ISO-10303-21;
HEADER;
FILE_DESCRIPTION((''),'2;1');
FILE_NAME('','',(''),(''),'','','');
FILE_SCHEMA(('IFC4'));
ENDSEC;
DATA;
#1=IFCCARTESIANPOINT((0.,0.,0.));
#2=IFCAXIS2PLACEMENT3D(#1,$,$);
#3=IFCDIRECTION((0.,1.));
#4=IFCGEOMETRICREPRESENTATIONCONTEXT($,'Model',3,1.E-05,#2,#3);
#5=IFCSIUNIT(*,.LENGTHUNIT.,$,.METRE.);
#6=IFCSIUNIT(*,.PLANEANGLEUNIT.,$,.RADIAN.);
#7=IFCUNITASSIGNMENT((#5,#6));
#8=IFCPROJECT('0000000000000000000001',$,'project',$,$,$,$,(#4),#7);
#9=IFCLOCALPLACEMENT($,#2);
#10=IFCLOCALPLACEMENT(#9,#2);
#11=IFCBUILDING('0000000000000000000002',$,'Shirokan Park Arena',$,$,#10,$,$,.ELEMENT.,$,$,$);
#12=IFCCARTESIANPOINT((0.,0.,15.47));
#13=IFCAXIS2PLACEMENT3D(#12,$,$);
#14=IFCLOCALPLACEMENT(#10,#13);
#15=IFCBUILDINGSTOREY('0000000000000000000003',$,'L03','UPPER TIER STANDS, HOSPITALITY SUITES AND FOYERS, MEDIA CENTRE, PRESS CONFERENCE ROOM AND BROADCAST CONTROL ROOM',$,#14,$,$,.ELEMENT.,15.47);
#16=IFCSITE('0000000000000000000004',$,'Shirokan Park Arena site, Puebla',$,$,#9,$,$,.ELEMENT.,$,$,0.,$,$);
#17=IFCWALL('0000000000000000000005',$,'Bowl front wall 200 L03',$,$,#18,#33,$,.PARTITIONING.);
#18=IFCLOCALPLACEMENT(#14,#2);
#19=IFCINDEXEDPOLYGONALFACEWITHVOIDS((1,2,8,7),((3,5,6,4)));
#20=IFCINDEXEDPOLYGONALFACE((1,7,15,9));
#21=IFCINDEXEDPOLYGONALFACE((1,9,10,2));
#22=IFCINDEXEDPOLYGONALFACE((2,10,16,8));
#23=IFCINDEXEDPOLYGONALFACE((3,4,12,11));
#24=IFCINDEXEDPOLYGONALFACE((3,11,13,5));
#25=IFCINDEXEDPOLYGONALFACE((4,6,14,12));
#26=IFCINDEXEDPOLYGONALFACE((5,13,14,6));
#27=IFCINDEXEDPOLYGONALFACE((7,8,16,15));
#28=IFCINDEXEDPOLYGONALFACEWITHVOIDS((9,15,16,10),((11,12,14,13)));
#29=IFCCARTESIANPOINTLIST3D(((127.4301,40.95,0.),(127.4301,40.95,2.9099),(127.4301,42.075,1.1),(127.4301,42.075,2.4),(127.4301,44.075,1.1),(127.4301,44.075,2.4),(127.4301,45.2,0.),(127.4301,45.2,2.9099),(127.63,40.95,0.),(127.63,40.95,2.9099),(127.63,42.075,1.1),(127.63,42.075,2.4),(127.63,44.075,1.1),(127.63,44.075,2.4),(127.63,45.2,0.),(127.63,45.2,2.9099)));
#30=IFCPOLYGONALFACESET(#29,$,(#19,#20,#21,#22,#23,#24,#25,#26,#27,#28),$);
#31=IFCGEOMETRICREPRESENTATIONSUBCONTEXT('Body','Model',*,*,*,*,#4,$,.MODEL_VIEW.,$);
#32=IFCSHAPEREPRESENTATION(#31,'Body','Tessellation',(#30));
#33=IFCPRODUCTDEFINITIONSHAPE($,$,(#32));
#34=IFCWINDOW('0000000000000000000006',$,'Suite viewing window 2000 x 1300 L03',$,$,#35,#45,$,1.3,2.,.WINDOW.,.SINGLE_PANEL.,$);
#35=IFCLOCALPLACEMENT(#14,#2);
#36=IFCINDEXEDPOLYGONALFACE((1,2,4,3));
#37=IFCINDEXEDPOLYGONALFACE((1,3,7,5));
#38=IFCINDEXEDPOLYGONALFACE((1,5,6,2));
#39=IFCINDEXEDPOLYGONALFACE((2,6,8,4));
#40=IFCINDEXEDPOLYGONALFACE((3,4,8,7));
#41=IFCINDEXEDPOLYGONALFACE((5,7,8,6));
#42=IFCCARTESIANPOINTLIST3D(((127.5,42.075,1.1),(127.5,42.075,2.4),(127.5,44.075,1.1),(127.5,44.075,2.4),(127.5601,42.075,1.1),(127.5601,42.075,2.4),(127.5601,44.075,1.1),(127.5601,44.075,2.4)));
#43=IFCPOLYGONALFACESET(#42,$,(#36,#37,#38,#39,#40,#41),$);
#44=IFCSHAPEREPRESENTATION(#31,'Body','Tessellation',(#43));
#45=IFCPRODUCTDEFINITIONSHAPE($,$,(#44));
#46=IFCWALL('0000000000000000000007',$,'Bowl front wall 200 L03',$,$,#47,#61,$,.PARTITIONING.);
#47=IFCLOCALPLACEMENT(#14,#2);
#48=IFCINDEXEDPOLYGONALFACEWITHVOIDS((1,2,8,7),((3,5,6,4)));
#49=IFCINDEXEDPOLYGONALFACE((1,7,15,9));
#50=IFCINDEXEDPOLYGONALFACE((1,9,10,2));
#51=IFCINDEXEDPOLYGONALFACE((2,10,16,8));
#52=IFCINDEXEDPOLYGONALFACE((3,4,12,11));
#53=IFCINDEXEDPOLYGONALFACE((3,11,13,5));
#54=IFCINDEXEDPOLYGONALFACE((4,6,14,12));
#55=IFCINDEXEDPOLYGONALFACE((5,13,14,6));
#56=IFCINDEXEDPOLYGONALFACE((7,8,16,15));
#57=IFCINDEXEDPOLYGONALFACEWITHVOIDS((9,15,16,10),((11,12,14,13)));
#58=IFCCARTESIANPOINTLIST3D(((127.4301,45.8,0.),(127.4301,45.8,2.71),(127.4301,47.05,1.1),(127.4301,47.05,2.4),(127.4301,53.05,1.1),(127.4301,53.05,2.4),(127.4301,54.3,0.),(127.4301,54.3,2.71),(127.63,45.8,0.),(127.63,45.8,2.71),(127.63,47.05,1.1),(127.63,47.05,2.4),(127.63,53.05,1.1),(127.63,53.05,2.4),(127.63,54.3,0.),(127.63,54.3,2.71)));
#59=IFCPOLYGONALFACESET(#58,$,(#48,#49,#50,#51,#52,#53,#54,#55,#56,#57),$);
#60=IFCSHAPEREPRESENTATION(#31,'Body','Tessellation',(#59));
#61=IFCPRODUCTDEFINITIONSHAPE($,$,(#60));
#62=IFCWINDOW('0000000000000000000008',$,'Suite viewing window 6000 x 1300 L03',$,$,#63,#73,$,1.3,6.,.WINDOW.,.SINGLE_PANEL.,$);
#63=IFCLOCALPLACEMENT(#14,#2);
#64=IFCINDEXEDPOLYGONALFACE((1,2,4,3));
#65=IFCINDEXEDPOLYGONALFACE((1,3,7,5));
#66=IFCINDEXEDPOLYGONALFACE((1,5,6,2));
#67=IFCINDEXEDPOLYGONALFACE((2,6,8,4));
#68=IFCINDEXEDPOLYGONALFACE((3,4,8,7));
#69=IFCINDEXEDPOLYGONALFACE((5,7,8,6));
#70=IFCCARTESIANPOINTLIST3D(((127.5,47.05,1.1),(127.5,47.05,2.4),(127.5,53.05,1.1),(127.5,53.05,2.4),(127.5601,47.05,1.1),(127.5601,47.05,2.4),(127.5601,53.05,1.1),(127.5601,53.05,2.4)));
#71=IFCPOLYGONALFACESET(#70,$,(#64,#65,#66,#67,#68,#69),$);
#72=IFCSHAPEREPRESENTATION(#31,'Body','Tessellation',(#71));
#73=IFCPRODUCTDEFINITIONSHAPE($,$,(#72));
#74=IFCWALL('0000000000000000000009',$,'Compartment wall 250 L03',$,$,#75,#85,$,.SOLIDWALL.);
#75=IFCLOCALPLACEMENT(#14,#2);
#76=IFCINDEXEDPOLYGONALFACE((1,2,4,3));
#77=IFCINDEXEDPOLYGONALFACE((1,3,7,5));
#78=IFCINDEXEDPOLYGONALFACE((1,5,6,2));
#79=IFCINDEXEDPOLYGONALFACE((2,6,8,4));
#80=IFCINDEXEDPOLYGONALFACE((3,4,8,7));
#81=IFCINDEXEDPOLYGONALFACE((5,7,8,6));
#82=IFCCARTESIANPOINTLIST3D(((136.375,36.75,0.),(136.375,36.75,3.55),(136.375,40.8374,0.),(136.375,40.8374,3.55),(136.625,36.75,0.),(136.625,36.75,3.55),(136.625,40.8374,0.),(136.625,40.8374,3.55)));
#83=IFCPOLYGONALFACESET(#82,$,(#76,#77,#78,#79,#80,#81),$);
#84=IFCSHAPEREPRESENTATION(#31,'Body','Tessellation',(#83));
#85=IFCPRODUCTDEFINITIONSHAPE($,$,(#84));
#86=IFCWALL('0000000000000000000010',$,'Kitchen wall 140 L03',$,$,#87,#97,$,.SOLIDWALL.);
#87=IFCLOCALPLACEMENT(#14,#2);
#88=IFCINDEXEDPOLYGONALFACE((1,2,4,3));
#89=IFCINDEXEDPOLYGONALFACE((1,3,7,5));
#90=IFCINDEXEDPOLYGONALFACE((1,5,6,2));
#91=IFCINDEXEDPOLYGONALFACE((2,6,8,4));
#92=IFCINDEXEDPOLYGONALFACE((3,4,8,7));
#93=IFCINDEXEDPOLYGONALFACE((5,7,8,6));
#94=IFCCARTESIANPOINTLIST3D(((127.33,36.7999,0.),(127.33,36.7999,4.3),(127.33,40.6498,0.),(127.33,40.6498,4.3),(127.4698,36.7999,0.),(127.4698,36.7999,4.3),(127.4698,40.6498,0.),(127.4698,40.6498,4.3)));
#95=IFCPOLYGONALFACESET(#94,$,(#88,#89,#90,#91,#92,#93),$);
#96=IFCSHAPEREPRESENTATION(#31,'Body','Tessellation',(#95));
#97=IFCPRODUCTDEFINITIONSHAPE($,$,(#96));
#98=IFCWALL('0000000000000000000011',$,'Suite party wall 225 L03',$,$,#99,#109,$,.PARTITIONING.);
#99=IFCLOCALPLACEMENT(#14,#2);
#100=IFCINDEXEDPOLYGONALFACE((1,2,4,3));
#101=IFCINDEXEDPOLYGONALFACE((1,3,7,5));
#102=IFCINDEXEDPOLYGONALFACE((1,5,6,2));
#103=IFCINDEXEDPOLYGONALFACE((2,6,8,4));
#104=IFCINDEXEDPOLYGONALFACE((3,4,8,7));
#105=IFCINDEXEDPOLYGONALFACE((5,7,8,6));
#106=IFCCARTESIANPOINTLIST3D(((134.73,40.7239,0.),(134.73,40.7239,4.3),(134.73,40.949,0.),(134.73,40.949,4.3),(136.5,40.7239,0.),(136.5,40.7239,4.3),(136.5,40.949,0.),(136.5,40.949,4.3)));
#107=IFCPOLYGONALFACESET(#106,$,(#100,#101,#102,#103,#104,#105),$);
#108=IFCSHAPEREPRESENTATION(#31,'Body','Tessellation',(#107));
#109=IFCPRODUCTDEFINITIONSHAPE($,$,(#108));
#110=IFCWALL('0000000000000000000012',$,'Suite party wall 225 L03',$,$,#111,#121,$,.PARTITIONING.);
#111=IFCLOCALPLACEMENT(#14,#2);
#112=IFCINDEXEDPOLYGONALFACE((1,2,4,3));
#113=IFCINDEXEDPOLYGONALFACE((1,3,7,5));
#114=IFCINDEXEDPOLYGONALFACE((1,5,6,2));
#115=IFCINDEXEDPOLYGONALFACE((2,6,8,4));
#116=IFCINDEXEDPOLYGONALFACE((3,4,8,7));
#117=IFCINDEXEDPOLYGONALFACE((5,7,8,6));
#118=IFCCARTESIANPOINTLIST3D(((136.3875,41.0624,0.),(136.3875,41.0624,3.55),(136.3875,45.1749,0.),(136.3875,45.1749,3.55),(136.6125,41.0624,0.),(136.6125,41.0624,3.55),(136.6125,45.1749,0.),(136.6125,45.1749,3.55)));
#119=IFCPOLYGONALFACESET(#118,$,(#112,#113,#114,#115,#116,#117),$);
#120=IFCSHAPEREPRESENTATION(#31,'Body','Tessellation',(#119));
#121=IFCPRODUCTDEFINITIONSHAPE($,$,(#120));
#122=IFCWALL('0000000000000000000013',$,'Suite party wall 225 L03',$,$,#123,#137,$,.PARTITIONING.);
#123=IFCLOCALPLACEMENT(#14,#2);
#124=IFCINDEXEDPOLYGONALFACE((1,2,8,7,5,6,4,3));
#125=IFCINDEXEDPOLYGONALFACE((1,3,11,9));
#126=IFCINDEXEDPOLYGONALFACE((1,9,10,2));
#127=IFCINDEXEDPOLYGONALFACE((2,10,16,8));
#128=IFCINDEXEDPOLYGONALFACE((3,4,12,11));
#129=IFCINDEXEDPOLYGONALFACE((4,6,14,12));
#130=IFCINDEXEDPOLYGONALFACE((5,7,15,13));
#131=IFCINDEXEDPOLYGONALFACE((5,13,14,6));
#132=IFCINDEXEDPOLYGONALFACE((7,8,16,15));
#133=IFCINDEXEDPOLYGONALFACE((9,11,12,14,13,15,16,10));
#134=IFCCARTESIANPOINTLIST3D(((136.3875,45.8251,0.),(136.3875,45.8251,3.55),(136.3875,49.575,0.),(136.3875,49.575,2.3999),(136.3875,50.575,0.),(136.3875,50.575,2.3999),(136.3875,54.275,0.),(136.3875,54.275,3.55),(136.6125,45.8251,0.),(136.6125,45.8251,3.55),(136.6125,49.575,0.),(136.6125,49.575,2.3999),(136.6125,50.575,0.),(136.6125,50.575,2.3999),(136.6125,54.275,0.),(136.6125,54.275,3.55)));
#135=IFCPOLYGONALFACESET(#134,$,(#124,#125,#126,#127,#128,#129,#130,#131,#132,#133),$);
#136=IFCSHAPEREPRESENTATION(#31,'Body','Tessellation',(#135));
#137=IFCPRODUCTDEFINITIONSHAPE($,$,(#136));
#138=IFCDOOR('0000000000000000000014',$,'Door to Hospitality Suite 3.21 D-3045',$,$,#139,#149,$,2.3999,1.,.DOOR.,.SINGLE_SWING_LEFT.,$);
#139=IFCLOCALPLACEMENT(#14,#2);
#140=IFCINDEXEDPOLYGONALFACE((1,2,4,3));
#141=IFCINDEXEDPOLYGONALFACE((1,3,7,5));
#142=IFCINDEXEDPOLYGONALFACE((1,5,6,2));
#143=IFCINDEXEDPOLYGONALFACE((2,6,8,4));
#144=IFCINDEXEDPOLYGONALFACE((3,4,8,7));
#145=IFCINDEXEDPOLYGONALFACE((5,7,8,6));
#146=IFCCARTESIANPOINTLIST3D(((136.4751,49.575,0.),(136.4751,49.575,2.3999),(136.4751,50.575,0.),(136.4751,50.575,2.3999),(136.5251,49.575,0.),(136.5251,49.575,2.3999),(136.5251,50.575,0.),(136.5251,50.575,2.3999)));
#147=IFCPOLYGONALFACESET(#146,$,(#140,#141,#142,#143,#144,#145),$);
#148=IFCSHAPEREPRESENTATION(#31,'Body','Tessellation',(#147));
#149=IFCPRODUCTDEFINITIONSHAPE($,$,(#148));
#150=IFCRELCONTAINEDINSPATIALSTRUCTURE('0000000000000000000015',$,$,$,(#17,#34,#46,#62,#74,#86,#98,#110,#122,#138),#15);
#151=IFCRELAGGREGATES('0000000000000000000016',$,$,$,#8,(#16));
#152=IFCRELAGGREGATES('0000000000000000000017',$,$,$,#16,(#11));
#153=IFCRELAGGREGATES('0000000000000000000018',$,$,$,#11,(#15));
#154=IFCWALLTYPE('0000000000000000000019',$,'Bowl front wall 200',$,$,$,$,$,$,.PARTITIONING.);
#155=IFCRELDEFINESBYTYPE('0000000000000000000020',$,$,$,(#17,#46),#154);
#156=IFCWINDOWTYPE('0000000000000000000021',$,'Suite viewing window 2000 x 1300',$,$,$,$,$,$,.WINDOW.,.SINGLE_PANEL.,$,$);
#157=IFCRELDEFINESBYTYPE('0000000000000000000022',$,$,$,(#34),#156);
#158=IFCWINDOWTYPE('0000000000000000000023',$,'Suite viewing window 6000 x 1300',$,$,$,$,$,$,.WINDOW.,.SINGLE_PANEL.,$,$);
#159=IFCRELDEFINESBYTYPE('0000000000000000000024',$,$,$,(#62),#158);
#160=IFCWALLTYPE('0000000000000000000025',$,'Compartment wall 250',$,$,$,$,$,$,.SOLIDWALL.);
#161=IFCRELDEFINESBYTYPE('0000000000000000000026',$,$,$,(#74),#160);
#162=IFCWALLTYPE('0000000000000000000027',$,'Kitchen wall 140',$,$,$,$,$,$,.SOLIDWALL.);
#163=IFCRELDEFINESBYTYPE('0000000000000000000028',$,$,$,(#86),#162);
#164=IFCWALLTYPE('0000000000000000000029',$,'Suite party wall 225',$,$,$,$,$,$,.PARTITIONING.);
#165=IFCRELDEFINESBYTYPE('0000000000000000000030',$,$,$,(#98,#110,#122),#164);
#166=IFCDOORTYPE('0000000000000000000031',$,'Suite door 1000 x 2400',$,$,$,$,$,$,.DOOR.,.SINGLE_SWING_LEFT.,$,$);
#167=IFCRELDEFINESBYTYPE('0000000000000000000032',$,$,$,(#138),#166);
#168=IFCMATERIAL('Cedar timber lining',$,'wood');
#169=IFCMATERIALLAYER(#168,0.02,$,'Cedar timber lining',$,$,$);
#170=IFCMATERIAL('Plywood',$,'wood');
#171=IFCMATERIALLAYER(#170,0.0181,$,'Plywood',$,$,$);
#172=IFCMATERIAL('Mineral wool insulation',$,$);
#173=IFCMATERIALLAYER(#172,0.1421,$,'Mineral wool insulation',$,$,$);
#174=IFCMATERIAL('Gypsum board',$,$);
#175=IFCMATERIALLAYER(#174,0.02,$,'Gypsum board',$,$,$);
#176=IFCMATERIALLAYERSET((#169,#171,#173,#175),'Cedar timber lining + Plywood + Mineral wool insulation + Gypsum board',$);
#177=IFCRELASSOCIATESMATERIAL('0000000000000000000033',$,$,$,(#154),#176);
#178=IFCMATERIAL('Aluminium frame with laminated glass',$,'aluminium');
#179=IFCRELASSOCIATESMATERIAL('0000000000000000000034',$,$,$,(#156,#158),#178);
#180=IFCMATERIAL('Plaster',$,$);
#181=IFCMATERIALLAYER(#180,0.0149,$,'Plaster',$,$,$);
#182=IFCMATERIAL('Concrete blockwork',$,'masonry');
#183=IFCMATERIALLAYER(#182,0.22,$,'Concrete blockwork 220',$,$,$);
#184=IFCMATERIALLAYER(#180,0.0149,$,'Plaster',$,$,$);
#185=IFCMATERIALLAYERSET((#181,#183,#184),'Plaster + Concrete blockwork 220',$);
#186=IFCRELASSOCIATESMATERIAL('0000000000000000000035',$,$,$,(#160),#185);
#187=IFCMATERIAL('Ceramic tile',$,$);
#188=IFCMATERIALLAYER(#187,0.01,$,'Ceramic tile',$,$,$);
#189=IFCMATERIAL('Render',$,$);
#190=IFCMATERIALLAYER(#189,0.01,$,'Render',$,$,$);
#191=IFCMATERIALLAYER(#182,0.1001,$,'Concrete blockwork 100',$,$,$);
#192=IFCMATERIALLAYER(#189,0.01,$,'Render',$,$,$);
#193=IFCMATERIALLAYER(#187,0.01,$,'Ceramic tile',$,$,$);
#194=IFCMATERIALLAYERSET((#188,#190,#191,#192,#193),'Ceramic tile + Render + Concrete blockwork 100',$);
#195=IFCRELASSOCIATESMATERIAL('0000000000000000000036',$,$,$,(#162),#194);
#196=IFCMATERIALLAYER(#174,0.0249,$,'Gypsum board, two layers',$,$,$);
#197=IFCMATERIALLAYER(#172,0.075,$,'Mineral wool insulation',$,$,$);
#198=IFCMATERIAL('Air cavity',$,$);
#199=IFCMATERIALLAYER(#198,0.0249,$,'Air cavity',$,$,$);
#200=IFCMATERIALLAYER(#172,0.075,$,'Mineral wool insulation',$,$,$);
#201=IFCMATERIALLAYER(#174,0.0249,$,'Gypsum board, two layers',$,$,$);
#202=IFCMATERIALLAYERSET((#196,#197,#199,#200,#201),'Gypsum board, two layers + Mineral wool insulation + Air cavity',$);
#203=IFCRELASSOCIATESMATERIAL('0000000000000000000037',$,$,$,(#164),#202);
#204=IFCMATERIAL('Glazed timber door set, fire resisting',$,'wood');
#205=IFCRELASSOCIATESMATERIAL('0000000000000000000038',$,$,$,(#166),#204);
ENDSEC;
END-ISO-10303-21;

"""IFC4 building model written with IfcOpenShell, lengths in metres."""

from ifc_helpers import new_model, si_unit, direction, frame, frame_2d, origin, place, context, subcontext, project, spatial, rectangle, extrude, material, layer, layer_set, type_object, element, fill, save


model = new_model("IFC4")

# Units and contexts
model_context = context("Model", 3, precision=1e-05, world=origin(), true_north=direction((0.0, 1.0)))
body_context = subcontext(model_context, "Body", "Model", "MODEL_VIEW")
ifc_project = project(units=[si_unit("LENGTHUNIT", "METRE"), si_unit("PLANEANGLEUNIT", "RADIAN")], contexts=[model_context])

# Site, building, storey
site_placement = place(None, origin())
site = spatial("IfcSite", under=ifc_project, at=site_placement, Name="Shirokan Park Arena site, Puebla", CompositionType="ELEMENT", RefElevation=0.0)
building_placement = place(site_placement, origin())
building = spatial("IfcBuilding", under=site, at=building_placement, Name="Shirokan Park Arena", CompositionType="ELEMENT")
storey_placement = place(building_placement, frame((0.0, 0.0, 15.47)))
storey = spatial("IfcBuildingStorey", under=building, at=storey_placement, Name="L03", Description="UPPER TIER STANDS, HOSPITALITY SUITES AND FOYERS, MEDIA CENTRE, PRESS CONFERENCE ROOM AND BROADCAST CONTROL ROOM", CompositionType="ELEMENT", Elevation=15.47)

# Walls, openings, windows
ifc_material_1 = material(Name="Cedar timber lining", Category="wood")
ifc_layer_1 = layer(ifc_material_1, 0.02, Name="Cedar timber lining")
ifc_material_2 = material(Name="Plywood", Category="wood")
ifc_layer_2 = layer(ifc_material_2, 0.0181, Name="Plywood")
ifc_material_3 = material(Name="Mineral wool insulation")
ifc_layer_3 = layer(ifc_material_3, 0.1421, Name="Mineral wool insulation")
ifc_material_4 = material(Name="Gypsum board")
ifc_layer_4 = layer(ifc_material_4, 0.02, Name="Gypsum board")
ifc_layer_set_1 = layer_set([ifc_layer_1, ifc_layer_2, ifc_layer_3, ifc_layer_4], Name="Cedar timber lining + Plywood + Mineral wool insulation + Gypsum board")
wall_type_1 = type_object("IfcWallType", Name="Bowl front wall 200", PredefinedType="PARTITIONING", material=ifc_layer_set_1)
wall_1_placement = place(storey_placement, frame((127.53, 40.95, 0.0), z_axis=(0.0, 0.0, 1.0), x_axis=(0.0, 1.0, 0.0)))
wall_1 = element("IfcWall", 1, at=wall_1_placement, inside=storey, type_object=wall_type_1, Name="Bowl front wall 200 L03", PredefinedType="PARTITIONING", context=body_context, shape_type="SweptSolid", body=[
    extrude(rectangle(XDim=4.25, YDim=0.2, at=frame_2d((2.125, 0.0))), origin(), (0.0, 0.0, 1.0), 2.9099),
])
opening_1_placement = place(wall_1_placement, frame((1.125, 0.0, 1.1001)))
opening_1 = element("IfcOpeningElement", 2, at=opening_1_placement, cuts=wall_1, PredefinedType="OPENING", context=body_context, shape_type="SweptSolid", body=[
    extrude(rectangle(XDim=2.0, YDim=1.3, at=frame_2d((1.0, 0.6499))), frame((0.0, 0.1099, 0.0), z_axis=(0.0, -1.0, 0.0), x_axis=(1.0, 0.0, 0.0)), (0.0, 0.0, 1.0), 0.22),
])
ifc_material_5 = material(Name="Aluminium frame with laminated glass", Category="aluminium")
window_type_1 = type_object("IfcWindowType", Name="Suite viewing window 2000 x 1300", PartitioningType="SINGLE_PANEL", PredefinedType="WINDOW", material=ifc_material_5)
window_1_placement = place(opening_1_placement, origin())
window_1 = element("IfcWindow", 3, at=window_1_placement, inside=storey, type_object=window_type_1, Name="Suite viewing window 2000 x 1300 L03", OverallHeight=1.3, OverallWidth=2.0, PartitioningType="SINGLE_PANEL", PredefinedType="WINDOW", context=body_context, shape_type="SweptSolid", body=[
    extrude(rectangle(XDim=2.0, YDim=1.3, at=frame_2d((1.0, 0.6499))), frame((0.0, 0.03, 0.0), z_axis=(0.0, -1.0, 0.0), x_axis=(1.0, 0.0, 0.0)), (0.0, 0.0, 1.0), 0.0601),
])
fill(opening_1, window_1)
wall_2_placement = place(storey_placement, frame((127.53, 45.8, 0.0), z_axis=(0.0, 0.0, 1.0), x_axis=(0.0, 1.0, 0.0)))
wall_2 = element("IfcWall", 4, at=wall_2_placement, inside=storey, type_object=wall_type_1, Name="Bowl front wall 200 L03", PredefinedType="PARTITIONING", context=body_context, shape_type="SweptSolid", body=[
    extrude(rectangle(XDim=8.5, YDim=0.2, at=frame_2d((4.25, 0.0))), origin(), (0.0, 0.0, 1.0), 2.71),
])
opening_2_placement = place(wall_2_placement, frame((1.25, 0.0, 1.1001)))
opening_2 = element("IfcOpeningElement", 5, at=opening_2_placement, cuts=wall_2, PredefinedType="OPENING", context=body_context, shape_type="SweptSolid", body=[
    extrude(rectangle(XDim=6.0, YDim=1.3, at=frame_2d((3.0, 0.6499))), frame((0.0, 0.1099, 0.0), z_axis=(0.0, -1.0, 0.0), x_axis=(1.0, 0.0, 0.0)), (0.0, 0.0, 1.0), 0.22),
])
window_type_2 = type_object("IfcWindowType", Name="Suite viewing window 6000 x 1300", PartitioningType="SINGLE_PANEL", PredefinedType="WINDOW", material=ifc_material_5)
window_2_placement = place(opening_2_placement, origin())
window_2 = element("IfcWindow", 6, at=window_2_placement, inside=storey, type_object=window_type_2, Name="Suite viewing window 6000 x 1300 L03", OverallHeight=1.3, OverallWidth=6.0, PartitioningType="SINGLE_PANEL", PredefinedType="WINDOW", context=body_context, shape_type="SweptSolid", body=[
    extrude(rectangle(XDim=6.0, YDim=1.3, at=frame_2d((3.0, 0.6499))), frame((0.0, 0.03, 0.0), z_axis=(0.0, -1.0, 0.0), x_axis=(1.0, 0.0, 0.0)), (0.0, 0.0, 1.0), 0.0601),
])
fill(opening_2, window_2)

# Wall
ifc_material_6 = material(Name="Plaster")
ifc_layer_5 = layer(ifc_material_6, 0.0149, Name="Plaster")
ifc_material_7 = material(Name="Concrete blockwork", Category="masonry")
ifc_layer_6 = layer(ifc_material_7, 0.22, Name="Concrete blockwork 220")
ifc_layer_7 = layer(ifc_material_6, 0.0149, Name="Plaster")
ifc_layer_set_2 = layer_set([ifc_layer_5, ifc_layer_6, ifc_layer_7], Name="Plaster + Concrete blockwork 220")
wall_type_2 = type_object("IfcWallType", Name="Compartment wall 250", PredefinedType="SOLIDWALL", material=ifc_layer_set_2)
wall_3_placement = place(storey_placement, frame((136.5, 40.8374, 0.0), z_axis=(0.0, 0.0, 1.0), x_axis=(0.0, -1.0, 0.0)))
element("IfcWall", 7, at=wall_3_placement, inside=storey, type_object=wall_type_2, Name="Compartment wall 250 L03", PredefinedType="SOLIDWALL", context=body_context, shape_type="SweptSolid", body=[
    extrude(rectangle(XDim=4.0874, YDim=0.25, at=frame_2d((2.0437, 0.0))), origin(), (0.0, 0.0, 1.0), 3.55),
])

# Walls
ifc_material_8 = material(Name="Ceramic tile")
ifc_layer_8 = layer(ifc_material_8, 0.01, Name="Ceramic tile")
ifc_material_9 = material(Name="Render")
ifc_layer_9 = layer(ifc_material_9, 0.01, Name="Render")
ifc_layer_10 = layer(ifc_material_7, 0.1001, Name="Concrete blockwork 100")
ifc_layer_11 = layer(ifc_material_9, 0.01, Name="Render")
ifc_layer_12 = layer(ifc_material_8, 0.01, Name="Ceramic tile")
ifc_layer_set_3 = layer_set([ifc_layer_8, ifc_layer_9, ifc_layer_10, ifc_layer_11, ifc_layer_12], Name="Ceramic tile + Render + Concrete blockwork 100")
wall_type_3 = type_object("IfcWallType", Name="Kitchen wall 140", PredefinedType="SOLIDWALL", material=ifc_layer_set_3)
wall_4_placement = place(storey_placement, frame((127.3999, 36.8, 0.0), z_axis=(0.0, 0.0, 1.0), x_axis=(0.0, 1.0, 0.0)))
element("IfcWall", 8, at=wall_4_placement, inside=storey, type_object=wall_type_3, Name="Kitchen wall 140 L03", PredefinedType="SOLIDWALL", context=body_context, shape_type="SweptSolid", body=[
    extrude(rectangle(XDim=3.8499, YDim=0.1399, at=frame_2d((1.9248, 0.0))), origin(), (0.0, 0.0, 1.0), 4.3),
])
ifc_layer_13 = layer(ifc_material_4, 0.0249, Name="Gypsum board, two layers")
ifc_layer_14 = layer(ifc_material_3, 0.075, Name="Mineral wool insulation")
ifc_material_10 = material(Name="Air cavity")
ifc_layer_15 = layer(ifc_material_10, 0.0249, Name="Air cavity")
ifc_layer_16 = layer(ifc_material_3, 0.075, Name="Mineral wool insulation")
ifc_layer_17 = layer(ifc_material_4, 0.0249, Name="Gypsum board, two layers")
ifc_layer_set_4 = layer_set([ifc_layer_13, ifc_layer_14, ifc_layer_15, ifc_layer_16, ifc_layer_17], Name="Gypsum board, two layers + Mineral wool insulation + Air cavity")
wall_type_4 = type_object("IfcWallType", Name="Suite party wall 225", PredefinedType="PARTITIONING", material=ifc_layer_set_4)
wall_5_placement = place(storey_placement, frame((134.73, 40.8364, 0.0), z_axis=(0.0, 0.0, 1.0), x_axis=(1.0, 0.0, 0.0)))
element("IfcWall", 9, at=wall_5_placement, inside=storey, type_object=wall_type_4, Name="Suite party wall 225 L03", PredefinedType="PARTITIONING", context=body_context, shape_type="SweptSolid", body=[
    extrude(rectangle(XDim=1.77, YDim=0.2251, at=frame_2d((0.885, 0.0))), origin(), (0.0, 0.0, 1.0), 4.3),
])
wall_6_placement = place(storey_placement, frame((136.5, 41.0625, 0.0), z_axis=(0.0, 0.0, 1.0), x_axis=(0.0, 1.0, 0.0)))
element("IfcWall", 10, at=wall_6_placement, inside=storey, type_object=wall_type_4, Name="Suite party wall 225 L03", PredefinedType="PARTITIONING", context=body_context, shape_type="SweptSolid", body=[
    extrude(rectangle(XDim=4.1125, YDim=0.2251, at=frame_2d((2.0562, 0.0))), origin(), (0.0, 0.0, 1.0), 3.55),
])

# Wall, opening, door
wall_7_placement = place(storey_placement, frame((136.5, 45.825, 0.0), z_axis=(0.0, 0.0, 1.0), x_axis=(0.0, 1.0, 0.0)))
wall_7 = element("IfcWall", 11, at=wall_7_placement, inside=storey, type_object=wall_type_4, Name="Suite party wall 225 L03", PredefinedType="PARTITIONING", context=body_context, shape_type="SweptSolid", body=[
    extrude(rectangle(XDim=8.45, YDim=0.2251, at=frame_2d((4.2251, 0.0))), origin(), (0.0, 0.0, 1.0), 3.55),
])
opening_3_placement = place(wall_7_placement, frame((3.75, 0.0, 0.0)))
opening_3 = element("IfcOpeningElement", 12, at=opening_3_placement, cuts=wall_7, PredefinedType="OPENING", context=body_context, shape_type="SweptSolid", body=[
    extrude(rectangle(XDim=1.0, YDim=2.3999, at=frame_2d((0.5, 1.2))), frame((0.0, 0.1226, 0.0), z_axis=(0.0, -1.0, 0.0), x_axis=(1.0, 0.0, 0.0)), (0.0, 0.0, 1.0), 0.2451),
])
ifc_material_11 = material(Name="Glazed timber door set, fire resisting", Category="wood")
door_type_1 = type_object("IfcDoorType", Name="Suite door 1000 x 2400", OperationType="SINGLE_SWING_LEFT", PredefinedType="DOOR", material=ifc_material_11)
door_1_placement = place(opening_3_placement, origin())
door_1 = element("IfcDoor", 13, at=door_1_placement, inside=storey, type_object=door_type_1, Name="Door to Hospitality Suite 3.21 D-3045", OperationType="SINGLE_SWING_LEFT", OverallHeight=2.3999, OverallWidth=1.0, PredefinedType="DOOR", context=body_context, shape_type="SweptSolid", body=[
    extrude(rectangle(XDim=1.0, YDim=2.3999, at=frame_2d((0.5, 1.2))), frame((0.0, 0.0249, 0.0), z_axis=(0.0, -1.0, 0.0), x_axis=(1.0, 0.0, 0.0)), (0.0, 0.0, 1.0), 0.05),
])
fill(opening_3, door_1)

save(model, "model.ifc")
